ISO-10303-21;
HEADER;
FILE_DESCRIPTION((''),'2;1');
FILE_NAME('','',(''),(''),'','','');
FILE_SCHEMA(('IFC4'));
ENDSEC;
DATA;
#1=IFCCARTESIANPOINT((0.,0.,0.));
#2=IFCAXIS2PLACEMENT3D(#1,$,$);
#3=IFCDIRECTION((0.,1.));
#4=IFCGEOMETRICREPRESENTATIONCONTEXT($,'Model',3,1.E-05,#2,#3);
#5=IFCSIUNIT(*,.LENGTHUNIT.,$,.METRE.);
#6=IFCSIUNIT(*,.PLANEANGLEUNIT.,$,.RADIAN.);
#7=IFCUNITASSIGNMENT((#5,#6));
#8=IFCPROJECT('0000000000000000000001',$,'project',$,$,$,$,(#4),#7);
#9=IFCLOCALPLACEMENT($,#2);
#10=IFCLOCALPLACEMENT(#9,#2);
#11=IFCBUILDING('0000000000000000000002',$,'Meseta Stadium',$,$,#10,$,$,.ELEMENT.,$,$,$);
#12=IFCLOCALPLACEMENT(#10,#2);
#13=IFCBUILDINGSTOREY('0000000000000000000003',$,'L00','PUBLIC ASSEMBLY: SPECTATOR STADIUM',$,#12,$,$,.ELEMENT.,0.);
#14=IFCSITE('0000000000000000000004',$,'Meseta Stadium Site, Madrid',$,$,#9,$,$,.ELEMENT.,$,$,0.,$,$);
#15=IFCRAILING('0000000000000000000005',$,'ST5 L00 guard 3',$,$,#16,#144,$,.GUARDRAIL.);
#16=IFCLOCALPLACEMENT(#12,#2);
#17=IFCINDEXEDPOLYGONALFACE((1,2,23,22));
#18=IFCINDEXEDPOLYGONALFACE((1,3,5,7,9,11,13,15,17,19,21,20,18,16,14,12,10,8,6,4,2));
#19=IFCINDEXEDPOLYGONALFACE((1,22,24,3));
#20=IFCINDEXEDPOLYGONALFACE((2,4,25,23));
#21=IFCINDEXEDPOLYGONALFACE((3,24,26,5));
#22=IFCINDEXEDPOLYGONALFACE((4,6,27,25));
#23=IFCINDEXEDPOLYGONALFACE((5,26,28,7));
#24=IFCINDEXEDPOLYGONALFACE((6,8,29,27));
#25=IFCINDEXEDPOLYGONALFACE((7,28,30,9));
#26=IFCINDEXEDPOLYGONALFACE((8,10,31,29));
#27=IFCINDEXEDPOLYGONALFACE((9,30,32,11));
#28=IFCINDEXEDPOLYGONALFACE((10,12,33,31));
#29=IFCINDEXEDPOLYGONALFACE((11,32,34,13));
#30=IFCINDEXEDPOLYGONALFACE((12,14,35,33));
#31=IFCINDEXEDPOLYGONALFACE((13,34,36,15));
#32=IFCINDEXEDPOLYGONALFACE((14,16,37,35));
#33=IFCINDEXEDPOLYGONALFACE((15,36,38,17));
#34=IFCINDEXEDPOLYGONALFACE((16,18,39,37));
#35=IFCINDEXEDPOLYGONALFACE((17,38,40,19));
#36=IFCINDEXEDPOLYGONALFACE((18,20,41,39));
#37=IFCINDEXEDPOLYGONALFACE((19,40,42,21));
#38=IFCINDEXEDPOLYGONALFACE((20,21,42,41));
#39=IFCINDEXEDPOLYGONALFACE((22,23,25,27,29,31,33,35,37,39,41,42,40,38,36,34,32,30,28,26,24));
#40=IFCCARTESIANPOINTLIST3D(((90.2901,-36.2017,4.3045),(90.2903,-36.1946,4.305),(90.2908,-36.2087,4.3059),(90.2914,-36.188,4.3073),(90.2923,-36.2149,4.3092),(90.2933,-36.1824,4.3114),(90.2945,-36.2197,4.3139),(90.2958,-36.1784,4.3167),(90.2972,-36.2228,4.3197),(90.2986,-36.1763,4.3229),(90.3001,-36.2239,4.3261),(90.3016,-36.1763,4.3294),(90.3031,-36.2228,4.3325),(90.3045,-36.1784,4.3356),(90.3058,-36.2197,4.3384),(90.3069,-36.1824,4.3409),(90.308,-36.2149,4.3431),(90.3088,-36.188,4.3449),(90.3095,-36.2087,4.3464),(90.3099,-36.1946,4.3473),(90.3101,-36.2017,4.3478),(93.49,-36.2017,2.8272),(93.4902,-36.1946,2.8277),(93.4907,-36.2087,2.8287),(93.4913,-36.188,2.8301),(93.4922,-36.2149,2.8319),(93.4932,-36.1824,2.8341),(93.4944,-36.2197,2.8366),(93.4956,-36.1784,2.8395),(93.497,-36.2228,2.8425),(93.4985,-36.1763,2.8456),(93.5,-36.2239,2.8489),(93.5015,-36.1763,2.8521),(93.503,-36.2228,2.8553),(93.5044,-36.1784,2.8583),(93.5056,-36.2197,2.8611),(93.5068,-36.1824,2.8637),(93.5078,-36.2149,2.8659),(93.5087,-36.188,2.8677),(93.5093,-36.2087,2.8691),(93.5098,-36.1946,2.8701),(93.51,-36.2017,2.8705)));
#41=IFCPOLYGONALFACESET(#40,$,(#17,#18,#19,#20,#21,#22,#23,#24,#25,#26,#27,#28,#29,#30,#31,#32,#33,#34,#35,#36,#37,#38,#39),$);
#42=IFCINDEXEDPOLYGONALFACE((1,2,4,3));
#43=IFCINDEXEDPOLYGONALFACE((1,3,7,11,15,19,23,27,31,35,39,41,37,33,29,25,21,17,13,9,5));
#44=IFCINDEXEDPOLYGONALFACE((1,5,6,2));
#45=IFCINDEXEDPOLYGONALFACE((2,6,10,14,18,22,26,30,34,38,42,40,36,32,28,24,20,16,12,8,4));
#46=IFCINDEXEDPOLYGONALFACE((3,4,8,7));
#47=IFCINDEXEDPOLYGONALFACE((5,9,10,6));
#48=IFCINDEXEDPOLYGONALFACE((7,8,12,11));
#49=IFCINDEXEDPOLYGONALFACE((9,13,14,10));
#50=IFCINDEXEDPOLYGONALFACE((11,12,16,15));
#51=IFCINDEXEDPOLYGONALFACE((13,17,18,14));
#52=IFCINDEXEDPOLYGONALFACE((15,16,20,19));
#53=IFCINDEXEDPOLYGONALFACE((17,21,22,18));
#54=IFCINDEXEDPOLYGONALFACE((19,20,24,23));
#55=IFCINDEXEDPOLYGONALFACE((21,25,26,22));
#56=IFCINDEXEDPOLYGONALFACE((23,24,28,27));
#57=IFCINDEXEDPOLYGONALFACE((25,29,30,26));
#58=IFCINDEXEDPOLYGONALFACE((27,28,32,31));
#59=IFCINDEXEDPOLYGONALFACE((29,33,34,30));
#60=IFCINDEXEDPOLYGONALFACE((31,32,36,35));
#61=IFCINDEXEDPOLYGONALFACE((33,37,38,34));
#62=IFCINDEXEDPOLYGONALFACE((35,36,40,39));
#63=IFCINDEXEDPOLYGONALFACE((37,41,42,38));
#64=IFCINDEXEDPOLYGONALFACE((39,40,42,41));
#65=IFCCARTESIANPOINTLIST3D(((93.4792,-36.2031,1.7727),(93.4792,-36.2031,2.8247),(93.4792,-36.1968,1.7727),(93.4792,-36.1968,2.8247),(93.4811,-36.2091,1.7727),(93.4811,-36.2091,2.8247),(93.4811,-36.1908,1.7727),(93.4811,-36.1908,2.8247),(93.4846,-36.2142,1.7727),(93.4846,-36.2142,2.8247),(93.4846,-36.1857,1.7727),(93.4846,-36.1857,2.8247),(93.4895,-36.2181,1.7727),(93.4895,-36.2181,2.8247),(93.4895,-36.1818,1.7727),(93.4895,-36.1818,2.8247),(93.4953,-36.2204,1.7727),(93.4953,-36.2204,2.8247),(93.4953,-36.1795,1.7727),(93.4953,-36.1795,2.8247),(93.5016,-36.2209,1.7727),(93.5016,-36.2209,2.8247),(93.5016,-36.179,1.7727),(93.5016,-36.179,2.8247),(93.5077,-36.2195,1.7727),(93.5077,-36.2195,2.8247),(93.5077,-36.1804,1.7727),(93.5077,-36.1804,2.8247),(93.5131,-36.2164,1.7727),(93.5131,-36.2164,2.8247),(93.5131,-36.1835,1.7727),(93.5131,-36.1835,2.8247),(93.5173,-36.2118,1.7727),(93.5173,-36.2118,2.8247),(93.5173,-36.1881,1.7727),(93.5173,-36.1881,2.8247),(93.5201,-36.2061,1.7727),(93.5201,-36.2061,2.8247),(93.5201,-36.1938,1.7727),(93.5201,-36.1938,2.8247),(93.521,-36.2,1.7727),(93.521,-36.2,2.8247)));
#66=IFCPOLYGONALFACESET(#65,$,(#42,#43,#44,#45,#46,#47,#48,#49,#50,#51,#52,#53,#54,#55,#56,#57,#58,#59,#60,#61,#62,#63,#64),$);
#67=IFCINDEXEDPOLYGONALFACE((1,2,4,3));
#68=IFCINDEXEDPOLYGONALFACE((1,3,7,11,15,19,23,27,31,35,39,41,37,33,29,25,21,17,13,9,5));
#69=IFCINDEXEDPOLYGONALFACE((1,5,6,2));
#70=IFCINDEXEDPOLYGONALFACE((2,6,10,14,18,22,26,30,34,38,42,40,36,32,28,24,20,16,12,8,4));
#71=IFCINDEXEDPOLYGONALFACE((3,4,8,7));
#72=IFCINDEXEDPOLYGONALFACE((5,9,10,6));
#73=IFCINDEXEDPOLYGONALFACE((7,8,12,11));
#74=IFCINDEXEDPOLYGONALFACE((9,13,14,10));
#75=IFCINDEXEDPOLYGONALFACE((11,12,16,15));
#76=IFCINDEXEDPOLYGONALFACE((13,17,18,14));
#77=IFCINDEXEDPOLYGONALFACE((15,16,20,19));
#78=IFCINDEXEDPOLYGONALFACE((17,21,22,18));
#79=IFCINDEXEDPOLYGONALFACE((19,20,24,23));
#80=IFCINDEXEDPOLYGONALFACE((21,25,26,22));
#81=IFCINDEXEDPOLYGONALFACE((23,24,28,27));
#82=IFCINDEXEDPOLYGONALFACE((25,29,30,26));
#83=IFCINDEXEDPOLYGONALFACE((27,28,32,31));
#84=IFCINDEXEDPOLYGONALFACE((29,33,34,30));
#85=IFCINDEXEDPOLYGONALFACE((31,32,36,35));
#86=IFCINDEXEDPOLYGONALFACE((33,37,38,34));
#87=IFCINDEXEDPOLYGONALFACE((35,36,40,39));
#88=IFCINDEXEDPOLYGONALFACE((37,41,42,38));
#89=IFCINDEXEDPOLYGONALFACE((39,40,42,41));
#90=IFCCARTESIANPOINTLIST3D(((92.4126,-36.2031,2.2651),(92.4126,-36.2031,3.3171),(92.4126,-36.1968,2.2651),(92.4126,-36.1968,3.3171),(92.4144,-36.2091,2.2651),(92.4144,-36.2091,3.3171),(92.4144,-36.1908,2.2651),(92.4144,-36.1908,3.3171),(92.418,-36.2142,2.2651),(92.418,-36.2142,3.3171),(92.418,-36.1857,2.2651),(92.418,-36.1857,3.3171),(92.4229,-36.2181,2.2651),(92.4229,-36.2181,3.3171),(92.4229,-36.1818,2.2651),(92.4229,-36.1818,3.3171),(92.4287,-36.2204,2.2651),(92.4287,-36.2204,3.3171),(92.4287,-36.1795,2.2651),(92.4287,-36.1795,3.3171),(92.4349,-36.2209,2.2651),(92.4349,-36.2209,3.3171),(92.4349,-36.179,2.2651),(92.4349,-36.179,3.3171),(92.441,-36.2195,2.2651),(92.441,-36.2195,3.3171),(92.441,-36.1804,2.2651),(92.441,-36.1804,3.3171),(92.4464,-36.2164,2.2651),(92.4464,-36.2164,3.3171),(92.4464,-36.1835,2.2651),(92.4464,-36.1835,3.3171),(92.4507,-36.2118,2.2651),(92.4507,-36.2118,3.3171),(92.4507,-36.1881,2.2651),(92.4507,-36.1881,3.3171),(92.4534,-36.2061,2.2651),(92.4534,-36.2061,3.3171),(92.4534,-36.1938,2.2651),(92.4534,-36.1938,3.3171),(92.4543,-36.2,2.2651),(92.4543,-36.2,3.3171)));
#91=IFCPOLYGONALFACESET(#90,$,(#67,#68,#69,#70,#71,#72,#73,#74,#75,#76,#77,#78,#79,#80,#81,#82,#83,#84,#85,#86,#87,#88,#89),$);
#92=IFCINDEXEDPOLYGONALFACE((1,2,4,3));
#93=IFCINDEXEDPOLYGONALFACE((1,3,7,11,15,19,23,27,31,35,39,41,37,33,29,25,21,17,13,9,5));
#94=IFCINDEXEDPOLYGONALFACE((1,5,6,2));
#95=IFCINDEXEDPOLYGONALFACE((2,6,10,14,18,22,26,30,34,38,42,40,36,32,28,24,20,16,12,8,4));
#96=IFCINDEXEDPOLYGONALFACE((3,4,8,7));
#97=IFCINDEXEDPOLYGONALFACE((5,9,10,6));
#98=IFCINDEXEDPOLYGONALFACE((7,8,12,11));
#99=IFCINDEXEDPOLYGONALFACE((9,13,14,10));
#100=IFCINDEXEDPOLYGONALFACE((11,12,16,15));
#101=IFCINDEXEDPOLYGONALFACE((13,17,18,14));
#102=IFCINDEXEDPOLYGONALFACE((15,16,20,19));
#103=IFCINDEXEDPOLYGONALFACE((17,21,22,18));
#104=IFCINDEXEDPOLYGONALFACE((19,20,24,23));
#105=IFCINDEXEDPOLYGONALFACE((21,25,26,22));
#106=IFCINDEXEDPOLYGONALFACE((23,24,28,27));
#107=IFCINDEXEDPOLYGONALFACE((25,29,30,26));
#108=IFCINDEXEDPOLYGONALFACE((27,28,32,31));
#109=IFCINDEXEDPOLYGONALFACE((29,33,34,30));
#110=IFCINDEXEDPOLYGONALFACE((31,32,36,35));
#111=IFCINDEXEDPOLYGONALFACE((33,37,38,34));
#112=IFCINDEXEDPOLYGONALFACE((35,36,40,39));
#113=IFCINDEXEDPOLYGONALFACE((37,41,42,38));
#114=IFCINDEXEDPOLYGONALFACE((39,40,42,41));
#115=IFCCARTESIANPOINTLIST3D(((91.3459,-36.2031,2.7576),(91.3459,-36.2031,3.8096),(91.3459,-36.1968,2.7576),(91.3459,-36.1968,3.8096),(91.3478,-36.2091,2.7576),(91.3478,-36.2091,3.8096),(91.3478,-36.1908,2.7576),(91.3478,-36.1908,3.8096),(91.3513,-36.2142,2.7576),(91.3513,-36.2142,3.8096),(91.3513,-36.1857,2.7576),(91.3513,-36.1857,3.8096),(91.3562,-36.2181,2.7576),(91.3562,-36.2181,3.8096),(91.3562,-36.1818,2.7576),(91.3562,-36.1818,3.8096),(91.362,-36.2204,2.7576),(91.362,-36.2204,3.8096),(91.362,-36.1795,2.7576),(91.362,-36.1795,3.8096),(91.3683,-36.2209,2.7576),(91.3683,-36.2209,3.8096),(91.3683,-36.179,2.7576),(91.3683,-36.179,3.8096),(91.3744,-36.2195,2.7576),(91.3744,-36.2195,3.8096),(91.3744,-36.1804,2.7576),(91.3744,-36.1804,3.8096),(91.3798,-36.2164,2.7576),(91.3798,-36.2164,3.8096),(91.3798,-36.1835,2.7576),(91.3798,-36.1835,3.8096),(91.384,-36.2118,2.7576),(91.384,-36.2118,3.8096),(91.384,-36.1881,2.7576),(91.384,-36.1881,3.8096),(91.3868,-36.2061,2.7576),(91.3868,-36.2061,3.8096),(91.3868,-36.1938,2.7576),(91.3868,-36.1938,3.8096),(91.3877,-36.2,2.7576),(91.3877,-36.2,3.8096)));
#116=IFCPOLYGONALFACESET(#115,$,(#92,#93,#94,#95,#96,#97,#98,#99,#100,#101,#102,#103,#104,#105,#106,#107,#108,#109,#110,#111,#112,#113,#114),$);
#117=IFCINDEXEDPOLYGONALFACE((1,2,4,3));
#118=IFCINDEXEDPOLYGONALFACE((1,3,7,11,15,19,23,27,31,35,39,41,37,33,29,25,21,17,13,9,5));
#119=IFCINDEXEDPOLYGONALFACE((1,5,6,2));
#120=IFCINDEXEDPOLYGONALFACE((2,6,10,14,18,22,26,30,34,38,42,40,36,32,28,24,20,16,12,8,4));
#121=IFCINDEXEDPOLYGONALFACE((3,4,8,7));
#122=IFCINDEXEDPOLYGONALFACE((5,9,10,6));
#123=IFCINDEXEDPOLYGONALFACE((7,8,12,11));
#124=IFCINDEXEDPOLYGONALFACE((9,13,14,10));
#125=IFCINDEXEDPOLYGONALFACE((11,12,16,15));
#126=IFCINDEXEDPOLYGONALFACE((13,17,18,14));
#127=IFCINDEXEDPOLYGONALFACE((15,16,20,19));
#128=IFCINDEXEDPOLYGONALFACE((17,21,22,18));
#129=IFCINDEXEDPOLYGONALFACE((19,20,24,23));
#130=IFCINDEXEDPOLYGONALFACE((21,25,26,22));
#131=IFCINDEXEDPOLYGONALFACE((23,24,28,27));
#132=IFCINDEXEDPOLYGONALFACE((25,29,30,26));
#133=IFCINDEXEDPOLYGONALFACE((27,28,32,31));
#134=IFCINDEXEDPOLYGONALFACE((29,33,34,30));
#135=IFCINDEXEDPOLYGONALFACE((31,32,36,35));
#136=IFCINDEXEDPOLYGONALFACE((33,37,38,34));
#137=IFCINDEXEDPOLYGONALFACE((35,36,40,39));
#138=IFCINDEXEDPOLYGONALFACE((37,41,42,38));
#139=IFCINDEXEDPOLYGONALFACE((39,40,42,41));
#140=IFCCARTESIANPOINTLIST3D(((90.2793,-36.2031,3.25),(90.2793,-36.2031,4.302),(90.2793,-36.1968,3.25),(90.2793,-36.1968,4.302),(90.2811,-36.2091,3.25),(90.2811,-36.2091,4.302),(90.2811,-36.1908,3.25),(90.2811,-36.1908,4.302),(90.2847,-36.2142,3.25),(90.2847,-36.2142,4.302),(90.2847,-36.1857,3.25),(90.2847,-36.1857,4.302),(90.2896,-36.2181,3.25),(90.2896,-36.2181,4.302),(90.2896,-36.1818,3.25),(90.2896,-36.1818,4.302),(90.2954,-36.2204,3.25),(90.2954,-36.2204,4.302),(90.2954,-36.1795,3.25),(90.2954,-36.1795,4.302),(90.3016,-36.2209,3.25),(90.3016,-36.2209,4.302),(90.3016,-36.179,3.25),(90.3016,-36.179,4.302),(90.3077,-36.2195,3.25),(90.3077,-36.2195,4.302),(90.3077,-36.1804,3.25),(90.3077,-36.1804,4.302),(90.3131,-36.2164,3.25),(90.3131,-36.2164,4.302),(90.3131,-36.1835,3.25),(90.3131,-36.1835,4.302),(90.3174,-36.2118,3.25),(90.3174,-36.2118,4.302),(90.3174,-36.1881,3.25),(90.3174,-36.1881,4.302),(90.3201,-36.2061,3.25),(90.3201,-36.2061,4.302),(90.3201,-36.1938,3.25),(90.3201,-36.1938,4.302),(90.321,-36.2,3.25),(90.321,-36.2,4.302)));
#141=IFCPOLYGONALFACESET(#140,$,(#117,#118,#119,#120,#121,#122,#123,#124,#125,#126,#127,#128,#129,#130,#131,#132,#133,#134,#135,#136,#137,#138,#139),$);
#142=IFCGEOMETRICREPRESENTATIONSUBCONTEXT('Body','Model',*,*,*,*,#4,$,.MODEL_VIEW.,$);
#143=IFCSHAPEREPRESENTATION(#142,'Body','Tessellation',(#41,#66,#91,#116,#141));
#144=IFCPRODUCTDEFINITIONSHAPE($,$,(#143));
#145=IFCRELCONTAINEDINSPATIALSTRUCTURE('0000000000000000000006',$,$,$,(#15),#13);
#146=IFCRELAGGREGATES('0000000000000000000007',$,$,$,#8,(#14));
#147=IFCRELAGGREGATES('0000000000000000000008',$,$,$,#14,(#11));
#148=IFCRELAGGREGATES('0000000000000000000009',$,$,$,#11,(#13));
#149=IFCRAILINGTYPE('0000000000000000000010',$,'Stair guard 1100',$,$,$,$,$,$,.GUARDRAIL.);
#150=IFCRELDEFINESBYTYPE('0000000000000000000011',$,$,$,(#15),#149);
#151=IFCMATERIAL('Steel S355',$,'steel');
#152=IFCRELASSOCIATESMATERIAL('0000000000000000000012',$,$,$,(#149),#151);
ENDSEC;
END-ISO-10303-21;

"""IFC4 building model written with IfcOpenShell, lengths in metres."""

from ifc_helpers import new_model, si_unit, direction, frame, origin, origin_2d, place, context, subcontext, project, spatial, circle, extrude, material, type_object, element, save


model = new_model("IFC4")

# Units and contexts
model_context = context("Model", 3, precision=1e-05, world=origin(), true_north=direction((0.0, 1.0)))
body_context = subcontext(model_context, "Body", "Model", "MODEL_VIEW")
ifc_project = project(units=[si_unit("LENGTHUNIT", "METRE"), si_unit("PLANEANGLEUNIT", "RADIAN")], contexts=[model_context])

# Site, building, storey
site_placement = place(None, origin())
site = spatial("IfcSite", under=ifc_project, at=site_placement, Name="Meseta Stadium Site, Madrid", CompositionType="ELEMENT", RefElevation=0.0)
building_placement = place(site_placement, origin())
building = spatial("IfcBuilding", under=site, at=building_placement, Name="Meseta Stadium", CompositionType="ELEMENT")
storey_placement = place(building_placement, origin())
storey = spatial("IfcBuildingStorey", under=building, at=storey_placement, Name="L00", Description="PUBLIC ASSEMBLY: SPECTATOR STADIUM", CompositionType="ELEMENT", Elevation=0.0)

# Railing
ifc_material_1 = material(Name="Steel S355", Category="steel")
railing_type_1 = type_object("IfcRailingType", Name="Stair guard 1100", PredefinedType="GUARDRAIL", material=ifc_material_1)
railing_1_placement = place(storey_placement, frame((93.5, -36.2, 1.7727)))
element("IfcRailing", 1, at=railing_1_placement, inside=storey, type_object=railing_type_1, Name="ST5 L00 guard 3", PredefinedType="GUARDRAIL", context=body_context, shape_type="SweptSolid", body=[
    extrude(circle(Radius=0.0239, at=origin_2d()), frame((0.0, 0.0, 1.0762), z_axis=(-0.907917, 0.0, 0.41915), x_axis=(0.0, -1.0, 0.0)), (0.0, 0.0, 1.0), 3.5244),
    extrude(circle(Radius=0.021, at=origin_2d()), origin(), (0.0, 0.0, 1.0), 1.052),
    extrude(circle(Radius=0.021, at=origin_2d()), frame((-1.0667, 0.0, 0.4924)), (0.0, 0.0, 1.0), 1.052),
    extrude(circle(Radius=0.021, at=origin_2d()), frame((-2.1333, 0.0, 0.9849)), (0.0, 0.0, 1.0), 1.052),
    extrude(circle(Radius=0.021, at=origin_2d()), frame((-3.2, 0.0, 1.4773)), (0.0, 0.0, 1.0), 1.052),
])

save(model, "model.ifc")
